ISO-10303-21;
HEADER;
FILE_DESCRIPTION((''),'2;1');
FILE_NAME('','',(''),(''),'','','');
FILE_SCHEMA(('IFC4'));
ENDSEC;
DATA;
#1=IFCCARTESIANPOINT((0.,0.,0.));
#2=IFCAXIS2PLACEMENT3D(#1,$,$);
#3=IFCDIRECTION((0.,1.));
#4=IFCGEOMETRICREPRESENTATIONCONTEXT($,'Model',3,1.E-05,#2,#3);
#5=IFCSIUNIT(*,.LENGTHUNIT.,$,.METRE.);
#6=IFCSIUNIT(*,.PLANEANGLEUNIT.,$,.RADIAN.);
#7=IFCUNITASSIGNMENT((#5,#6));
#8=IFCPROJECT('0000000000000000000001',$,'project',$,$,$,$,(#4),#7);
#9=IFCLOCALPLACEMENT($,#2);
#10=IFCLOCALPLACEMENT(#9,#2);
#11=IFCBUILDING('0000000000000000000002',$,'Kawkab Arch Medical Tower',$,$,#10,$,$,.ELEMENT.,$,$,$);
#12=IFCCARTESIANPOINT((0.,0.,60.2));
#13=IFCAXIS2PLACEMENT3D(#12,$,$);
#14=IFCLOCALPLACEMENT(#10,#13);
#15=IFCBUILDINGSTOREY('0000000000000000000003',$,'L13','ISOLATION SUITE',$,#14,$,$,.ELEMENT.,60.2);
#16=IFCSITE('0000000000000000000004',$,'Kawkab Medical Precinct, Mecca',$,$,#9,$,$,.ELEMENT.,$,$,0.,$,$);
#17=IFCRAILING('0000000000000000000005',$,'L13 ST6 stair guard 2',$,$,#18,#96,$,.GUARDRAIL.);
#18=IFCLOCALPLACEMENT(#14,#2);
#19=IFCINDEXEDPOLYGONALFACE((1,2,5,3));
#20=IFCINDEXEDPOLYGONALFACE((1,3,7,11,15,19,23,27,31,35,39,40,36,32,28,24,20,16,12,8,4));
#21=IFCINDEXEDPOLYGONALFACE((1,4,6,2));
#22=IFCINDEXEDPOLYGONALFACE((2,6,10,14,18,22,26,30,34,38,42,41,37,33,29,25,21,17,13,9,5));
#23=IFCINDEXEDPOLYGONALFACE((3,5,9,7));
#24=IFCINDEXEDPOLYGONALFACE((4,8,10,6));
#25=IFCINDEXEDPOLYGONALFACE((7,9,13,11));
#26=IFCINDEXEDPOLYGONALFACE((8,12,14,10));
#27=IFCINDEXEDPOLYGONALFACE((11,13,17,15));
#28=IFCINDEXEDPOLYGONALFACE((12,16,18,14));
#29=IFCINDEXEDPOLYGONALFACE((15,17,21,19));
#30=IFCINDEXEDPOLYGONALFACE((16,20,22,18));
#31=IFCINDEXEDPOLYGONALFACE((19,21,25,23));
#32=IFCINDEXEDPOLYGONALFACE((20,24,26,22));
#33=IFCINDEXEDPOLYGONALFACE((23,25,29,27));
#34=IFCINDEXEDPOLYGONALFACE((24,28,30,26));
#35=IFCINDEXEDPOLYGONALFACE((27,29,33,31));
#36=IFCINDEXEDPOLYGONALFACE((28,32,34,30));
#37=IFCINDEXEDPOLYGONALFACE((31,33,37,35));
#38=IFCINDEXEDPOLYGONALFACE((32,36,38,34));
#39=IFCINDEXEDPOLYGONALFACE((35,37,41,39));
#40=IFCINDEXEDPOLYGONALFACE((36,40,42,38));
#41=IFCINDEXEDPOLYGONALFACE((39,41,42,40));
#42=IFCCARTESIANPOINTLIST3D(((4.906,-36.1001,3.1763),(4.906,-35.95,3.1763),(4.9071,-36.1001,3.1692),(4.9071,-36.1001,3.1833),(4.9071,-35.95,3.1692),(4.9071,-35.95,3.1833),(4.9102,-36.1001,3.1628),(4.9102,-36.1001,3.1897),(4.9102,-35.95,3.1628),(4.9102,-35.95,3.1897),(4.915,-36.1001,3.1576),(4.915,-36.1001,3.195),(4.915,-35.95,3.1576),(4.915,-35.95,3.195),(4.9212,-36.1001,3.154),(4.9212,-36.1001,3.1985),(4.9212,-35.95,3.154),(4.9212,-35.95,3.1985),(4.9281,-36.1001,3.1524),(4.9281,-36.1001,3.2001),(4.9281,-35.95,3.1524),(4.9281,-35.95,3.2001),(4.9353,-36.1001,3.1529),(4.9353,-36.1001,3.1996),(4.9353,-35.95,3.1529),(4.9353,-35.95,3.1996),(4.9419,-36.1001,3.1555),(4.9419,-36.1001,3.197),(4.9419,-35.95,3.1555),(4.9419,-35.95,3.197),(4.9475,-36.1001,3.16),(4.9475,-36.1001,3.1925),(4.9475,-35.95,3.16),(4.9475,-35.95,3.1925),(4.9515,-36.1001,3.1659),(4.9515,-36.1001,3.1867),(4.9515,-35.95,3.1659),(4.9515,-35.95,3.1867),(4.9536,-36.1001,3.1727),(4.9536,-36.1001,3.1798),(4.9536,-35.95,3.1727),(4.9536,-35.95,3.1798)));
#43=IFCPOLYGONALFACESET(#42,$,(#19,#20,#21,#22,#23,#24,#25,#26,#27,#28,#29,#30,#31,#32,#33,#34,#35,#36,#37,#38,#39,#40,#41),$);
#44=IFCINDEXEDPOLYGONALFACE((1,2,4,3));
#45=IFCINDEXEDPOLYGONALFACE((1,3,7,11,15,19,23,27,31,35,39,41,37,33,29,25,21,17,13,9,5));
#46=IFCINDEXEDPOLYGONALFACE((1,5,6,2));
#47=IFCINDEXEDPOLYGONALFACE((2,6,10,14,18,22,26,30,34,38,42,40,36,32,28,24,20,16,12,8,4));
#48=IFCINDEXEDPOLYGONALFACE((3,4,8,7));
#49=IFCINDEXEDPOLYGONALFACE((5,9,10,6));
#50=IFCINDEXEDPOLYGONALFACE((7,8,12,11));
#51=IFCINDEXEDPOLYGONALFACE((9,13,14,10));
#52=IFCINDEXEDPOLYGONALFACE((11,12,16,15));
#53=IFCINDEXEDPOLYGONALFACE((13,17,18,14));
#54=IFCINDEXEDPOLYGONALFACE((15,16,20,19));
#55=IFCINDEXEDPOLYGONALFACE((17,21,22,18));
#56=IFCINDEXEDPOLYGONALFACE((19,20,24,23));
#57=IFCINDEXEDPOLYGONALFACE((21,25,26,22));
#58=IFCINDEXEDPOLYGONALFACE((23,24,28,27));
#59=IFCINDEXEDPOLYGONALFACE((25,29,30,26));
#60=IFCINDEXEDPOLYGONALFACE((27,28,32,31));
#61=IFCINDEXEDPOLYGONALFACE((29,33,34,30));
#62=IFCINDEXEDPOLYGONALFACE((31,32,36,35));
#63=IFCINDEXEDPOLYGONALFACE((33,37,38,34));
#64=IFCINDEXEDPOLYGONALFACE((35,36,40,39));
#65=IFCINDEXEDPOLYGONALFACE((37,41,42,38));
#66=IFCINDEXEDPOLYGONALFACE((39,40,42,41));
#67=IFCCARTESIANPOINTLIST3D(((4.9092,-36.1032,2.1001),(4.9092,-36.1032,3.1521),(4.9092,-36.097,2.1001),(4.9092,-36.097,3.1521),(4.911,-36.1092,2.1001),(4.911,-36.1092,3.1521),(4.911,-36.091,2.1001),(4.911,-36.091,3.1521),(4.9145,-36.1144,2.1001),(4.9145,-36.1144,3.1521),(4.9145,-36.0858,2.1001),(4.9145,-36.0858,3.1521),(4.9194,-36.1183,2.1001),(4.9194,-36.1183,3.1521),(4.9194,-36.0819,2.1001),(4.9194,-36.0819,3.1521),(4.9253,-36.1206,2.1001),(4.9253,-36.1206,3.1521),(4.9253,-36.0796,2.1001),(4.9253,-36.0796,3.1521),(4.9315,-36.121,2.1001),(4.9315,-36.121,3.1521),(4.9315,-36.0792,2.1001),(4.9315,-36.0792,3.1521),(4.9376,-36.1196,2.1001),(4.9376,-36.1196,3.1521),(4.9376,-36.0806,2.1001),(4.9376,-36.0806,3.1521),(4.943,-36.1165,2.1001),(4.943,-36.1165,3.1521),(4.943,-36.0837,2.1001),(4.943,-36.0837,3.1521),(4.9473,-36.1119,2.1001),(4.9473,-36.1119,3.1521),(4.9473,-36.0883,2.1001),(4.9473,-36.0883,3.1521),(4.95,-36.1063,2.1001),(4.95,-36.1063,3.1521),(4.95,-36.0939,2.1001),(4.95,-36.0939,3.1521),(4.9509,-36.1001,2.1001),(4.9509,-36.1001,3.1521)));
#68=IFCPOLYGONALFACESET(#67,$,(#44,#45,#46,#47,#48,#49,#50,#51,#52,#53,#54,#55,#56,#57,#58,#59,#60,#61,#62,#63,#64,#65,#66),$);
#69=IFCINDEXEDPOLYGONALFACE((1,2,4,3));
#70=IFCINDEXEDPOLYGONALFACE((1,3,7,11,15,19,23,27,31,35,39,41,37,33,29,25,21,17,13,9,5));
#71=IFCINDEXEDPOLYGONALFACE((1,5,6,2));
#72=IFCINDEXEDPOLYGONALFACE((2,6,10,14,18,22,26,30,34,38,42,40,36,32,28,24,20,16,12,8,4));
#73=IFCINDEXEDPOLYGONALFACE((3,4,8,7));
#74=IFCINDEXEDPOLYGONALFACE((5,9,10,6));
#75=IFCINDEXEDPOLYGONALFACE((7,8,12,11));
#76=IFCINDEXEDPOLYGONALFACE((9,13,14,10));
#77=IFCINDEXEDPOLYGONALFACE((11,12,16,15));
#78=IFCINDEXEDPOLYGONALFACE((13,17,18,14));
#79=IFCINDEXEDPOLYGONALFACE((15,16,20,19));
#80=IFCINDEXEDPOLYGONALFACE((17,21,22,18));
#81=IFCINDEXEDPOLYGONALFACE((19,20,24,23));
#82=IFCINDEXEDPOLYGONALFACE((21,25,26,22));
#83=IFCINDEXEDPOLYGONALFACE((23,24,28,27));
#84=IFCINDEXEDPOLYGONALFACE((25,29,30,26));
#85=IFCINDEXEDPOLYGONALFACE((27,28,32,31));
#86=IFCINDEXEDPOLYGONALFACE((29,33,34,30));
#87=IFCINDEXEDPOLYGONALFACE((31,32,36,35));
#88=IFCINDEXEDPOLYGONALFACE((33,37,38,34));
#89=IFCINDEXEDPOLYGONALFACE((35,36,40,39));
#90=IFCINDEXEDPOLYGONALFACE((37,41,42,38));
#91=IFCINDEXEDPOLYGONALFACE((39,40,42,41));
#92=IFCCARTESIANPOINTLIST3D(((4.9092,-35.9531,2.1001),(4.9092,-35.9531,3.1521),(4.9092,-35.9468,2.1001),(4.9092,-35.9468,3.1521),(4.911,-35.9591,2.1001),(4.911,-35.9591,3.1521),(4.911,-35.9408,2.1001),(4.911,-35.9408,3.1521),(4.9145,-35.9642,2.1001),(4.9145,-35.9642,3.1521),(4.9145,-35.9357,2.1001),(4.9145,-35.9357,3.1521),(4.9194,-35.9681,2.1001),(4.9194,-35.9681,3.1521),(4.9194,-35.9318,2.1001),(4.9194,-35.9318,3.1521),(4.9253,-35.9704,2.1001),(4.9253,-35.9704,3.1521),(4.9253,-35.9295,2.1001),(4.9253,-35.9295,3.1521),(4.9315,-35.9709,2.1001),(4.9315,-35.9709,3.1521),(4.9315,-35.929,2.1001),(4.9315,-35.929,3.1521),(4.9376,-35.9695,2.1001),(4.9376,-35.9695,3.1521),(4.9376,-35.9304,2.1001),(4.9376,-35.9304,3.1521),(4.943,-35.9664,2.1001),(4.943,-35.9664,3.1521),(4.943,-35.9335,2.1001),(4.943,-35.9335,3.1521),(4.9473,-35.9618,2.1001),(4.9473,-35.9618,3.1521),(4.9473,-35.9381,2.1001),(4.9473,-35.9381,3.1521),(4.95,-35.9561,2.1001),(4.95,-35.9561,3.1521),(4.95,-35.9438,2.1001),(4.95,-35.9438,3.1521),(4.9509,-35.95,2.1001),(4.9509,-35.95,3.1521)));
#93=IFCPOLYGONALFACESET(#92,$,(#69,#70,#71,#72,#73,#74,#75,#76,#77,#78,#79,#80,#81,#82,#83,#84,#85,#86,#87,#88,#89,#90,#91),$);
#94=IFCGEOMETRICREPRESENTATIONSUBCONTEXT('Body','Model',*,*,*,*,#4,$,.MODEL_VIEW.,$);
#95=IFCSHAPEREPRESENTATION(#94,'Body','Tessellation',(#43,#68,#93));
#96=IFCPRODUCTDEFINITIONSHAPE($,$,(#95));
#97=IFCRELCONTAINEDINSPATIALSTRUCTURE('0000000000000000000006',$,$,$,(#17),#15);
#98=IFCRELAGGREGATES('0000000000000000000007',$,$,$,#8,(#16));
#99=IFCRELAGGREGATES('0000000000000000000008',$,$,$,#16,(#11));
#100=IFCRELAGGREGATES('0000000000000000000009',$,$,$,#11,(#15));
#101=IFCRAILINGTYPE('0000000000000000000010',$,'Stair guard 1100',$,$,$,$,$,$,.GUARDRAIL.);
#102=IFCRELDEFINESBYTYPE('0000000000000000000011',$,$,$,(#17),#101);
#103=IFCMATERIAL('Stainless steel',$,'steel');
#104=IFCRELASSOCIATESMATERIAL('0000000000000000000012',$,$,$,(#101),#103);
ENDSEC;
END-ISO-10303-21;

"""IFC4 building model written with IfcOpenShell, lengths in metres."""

from ifc_helpers import new_model, si_unit, direction, frame, origin, origin_2d, place, context, subcontext, project, spatial, circle, extrude, material, type_object, element, save


model = new_model("IFC4")

# Units and contexts
model_context = context("Model", 3, precision=1e-05, world=origin(), true_north=direction((0.0, 1.0)))
body_context = subcontext(model_context, "Body", "Model", "MODEL_VIEW")
ifc_project = project(units=[si_unit("LENGTHUNIT", "METRE"), si_unit("PLANEANGLEUNIT", "RADIAN")], contexts=[model_context])

# Site, building, storey
site_placement = place(None, origin())
site = spatial("IfcSite", under=ifc_project, at=site_placement, Name="Kawkab Medical Precinct, Mecca", CompositionType="ELEMENT", RefElevation=0.0)
building_placement = place(site_placement, origin())
building = spatial("IfcBuilding", under=site, at=building_placement, Name="Kawkab Arch Medical Tower", CompositionType="ELEMENT")
storey_placement = place(building_placement, frame((0.0, 0.0, 60.2)))
storey = spatial("IfcBuildingStorey", under=building, at=storey_placement, Name="L13", Description="ISOLATION SUITE", CompositionType="ELEMENT", Elevation=60.2)

# Railing
ifc_material_1 = material(Name="Stainless steel", Category="steel")
railing_type = type_object("IfcRailingType", Name="Stair guard 1100", PredefinedType="GUARDRAIL", material=ifc_material_1)
railing_1_placement = place(storey_placement, frame((4.9299, -36.1001, 2.1001)))
element("IfcRailing", 1, at=railing_1_placement, inside=storey, type_object=railing_type, Name="L13 ST6 stair guard 2", PredefinedType="GUARDRAIL", context=body_context, shape_type="SweptSolid", body=[
    extrude(circle(Radius=0.0239, at=origin_2d()), frame((0.0, 0.0, 1.0762), z_axis=(0.0, 1.0, 0.0), x_axis=(-1.0, 0.0, 0.0)), (0.0, 0.0, 1.0), 0.1501),
    extrude(circle(Radius=0.021, at=origin_2d()), origin(), (0.0, 0.0, 1.0), 1.052),
    extrude(circle(Radius=0.021, at=origin_2d()), frame((0.0, 0.1501, 0.0)), (0.0, 0.0, 1.0), 1.052),
])

save(model, "model.ifc")
